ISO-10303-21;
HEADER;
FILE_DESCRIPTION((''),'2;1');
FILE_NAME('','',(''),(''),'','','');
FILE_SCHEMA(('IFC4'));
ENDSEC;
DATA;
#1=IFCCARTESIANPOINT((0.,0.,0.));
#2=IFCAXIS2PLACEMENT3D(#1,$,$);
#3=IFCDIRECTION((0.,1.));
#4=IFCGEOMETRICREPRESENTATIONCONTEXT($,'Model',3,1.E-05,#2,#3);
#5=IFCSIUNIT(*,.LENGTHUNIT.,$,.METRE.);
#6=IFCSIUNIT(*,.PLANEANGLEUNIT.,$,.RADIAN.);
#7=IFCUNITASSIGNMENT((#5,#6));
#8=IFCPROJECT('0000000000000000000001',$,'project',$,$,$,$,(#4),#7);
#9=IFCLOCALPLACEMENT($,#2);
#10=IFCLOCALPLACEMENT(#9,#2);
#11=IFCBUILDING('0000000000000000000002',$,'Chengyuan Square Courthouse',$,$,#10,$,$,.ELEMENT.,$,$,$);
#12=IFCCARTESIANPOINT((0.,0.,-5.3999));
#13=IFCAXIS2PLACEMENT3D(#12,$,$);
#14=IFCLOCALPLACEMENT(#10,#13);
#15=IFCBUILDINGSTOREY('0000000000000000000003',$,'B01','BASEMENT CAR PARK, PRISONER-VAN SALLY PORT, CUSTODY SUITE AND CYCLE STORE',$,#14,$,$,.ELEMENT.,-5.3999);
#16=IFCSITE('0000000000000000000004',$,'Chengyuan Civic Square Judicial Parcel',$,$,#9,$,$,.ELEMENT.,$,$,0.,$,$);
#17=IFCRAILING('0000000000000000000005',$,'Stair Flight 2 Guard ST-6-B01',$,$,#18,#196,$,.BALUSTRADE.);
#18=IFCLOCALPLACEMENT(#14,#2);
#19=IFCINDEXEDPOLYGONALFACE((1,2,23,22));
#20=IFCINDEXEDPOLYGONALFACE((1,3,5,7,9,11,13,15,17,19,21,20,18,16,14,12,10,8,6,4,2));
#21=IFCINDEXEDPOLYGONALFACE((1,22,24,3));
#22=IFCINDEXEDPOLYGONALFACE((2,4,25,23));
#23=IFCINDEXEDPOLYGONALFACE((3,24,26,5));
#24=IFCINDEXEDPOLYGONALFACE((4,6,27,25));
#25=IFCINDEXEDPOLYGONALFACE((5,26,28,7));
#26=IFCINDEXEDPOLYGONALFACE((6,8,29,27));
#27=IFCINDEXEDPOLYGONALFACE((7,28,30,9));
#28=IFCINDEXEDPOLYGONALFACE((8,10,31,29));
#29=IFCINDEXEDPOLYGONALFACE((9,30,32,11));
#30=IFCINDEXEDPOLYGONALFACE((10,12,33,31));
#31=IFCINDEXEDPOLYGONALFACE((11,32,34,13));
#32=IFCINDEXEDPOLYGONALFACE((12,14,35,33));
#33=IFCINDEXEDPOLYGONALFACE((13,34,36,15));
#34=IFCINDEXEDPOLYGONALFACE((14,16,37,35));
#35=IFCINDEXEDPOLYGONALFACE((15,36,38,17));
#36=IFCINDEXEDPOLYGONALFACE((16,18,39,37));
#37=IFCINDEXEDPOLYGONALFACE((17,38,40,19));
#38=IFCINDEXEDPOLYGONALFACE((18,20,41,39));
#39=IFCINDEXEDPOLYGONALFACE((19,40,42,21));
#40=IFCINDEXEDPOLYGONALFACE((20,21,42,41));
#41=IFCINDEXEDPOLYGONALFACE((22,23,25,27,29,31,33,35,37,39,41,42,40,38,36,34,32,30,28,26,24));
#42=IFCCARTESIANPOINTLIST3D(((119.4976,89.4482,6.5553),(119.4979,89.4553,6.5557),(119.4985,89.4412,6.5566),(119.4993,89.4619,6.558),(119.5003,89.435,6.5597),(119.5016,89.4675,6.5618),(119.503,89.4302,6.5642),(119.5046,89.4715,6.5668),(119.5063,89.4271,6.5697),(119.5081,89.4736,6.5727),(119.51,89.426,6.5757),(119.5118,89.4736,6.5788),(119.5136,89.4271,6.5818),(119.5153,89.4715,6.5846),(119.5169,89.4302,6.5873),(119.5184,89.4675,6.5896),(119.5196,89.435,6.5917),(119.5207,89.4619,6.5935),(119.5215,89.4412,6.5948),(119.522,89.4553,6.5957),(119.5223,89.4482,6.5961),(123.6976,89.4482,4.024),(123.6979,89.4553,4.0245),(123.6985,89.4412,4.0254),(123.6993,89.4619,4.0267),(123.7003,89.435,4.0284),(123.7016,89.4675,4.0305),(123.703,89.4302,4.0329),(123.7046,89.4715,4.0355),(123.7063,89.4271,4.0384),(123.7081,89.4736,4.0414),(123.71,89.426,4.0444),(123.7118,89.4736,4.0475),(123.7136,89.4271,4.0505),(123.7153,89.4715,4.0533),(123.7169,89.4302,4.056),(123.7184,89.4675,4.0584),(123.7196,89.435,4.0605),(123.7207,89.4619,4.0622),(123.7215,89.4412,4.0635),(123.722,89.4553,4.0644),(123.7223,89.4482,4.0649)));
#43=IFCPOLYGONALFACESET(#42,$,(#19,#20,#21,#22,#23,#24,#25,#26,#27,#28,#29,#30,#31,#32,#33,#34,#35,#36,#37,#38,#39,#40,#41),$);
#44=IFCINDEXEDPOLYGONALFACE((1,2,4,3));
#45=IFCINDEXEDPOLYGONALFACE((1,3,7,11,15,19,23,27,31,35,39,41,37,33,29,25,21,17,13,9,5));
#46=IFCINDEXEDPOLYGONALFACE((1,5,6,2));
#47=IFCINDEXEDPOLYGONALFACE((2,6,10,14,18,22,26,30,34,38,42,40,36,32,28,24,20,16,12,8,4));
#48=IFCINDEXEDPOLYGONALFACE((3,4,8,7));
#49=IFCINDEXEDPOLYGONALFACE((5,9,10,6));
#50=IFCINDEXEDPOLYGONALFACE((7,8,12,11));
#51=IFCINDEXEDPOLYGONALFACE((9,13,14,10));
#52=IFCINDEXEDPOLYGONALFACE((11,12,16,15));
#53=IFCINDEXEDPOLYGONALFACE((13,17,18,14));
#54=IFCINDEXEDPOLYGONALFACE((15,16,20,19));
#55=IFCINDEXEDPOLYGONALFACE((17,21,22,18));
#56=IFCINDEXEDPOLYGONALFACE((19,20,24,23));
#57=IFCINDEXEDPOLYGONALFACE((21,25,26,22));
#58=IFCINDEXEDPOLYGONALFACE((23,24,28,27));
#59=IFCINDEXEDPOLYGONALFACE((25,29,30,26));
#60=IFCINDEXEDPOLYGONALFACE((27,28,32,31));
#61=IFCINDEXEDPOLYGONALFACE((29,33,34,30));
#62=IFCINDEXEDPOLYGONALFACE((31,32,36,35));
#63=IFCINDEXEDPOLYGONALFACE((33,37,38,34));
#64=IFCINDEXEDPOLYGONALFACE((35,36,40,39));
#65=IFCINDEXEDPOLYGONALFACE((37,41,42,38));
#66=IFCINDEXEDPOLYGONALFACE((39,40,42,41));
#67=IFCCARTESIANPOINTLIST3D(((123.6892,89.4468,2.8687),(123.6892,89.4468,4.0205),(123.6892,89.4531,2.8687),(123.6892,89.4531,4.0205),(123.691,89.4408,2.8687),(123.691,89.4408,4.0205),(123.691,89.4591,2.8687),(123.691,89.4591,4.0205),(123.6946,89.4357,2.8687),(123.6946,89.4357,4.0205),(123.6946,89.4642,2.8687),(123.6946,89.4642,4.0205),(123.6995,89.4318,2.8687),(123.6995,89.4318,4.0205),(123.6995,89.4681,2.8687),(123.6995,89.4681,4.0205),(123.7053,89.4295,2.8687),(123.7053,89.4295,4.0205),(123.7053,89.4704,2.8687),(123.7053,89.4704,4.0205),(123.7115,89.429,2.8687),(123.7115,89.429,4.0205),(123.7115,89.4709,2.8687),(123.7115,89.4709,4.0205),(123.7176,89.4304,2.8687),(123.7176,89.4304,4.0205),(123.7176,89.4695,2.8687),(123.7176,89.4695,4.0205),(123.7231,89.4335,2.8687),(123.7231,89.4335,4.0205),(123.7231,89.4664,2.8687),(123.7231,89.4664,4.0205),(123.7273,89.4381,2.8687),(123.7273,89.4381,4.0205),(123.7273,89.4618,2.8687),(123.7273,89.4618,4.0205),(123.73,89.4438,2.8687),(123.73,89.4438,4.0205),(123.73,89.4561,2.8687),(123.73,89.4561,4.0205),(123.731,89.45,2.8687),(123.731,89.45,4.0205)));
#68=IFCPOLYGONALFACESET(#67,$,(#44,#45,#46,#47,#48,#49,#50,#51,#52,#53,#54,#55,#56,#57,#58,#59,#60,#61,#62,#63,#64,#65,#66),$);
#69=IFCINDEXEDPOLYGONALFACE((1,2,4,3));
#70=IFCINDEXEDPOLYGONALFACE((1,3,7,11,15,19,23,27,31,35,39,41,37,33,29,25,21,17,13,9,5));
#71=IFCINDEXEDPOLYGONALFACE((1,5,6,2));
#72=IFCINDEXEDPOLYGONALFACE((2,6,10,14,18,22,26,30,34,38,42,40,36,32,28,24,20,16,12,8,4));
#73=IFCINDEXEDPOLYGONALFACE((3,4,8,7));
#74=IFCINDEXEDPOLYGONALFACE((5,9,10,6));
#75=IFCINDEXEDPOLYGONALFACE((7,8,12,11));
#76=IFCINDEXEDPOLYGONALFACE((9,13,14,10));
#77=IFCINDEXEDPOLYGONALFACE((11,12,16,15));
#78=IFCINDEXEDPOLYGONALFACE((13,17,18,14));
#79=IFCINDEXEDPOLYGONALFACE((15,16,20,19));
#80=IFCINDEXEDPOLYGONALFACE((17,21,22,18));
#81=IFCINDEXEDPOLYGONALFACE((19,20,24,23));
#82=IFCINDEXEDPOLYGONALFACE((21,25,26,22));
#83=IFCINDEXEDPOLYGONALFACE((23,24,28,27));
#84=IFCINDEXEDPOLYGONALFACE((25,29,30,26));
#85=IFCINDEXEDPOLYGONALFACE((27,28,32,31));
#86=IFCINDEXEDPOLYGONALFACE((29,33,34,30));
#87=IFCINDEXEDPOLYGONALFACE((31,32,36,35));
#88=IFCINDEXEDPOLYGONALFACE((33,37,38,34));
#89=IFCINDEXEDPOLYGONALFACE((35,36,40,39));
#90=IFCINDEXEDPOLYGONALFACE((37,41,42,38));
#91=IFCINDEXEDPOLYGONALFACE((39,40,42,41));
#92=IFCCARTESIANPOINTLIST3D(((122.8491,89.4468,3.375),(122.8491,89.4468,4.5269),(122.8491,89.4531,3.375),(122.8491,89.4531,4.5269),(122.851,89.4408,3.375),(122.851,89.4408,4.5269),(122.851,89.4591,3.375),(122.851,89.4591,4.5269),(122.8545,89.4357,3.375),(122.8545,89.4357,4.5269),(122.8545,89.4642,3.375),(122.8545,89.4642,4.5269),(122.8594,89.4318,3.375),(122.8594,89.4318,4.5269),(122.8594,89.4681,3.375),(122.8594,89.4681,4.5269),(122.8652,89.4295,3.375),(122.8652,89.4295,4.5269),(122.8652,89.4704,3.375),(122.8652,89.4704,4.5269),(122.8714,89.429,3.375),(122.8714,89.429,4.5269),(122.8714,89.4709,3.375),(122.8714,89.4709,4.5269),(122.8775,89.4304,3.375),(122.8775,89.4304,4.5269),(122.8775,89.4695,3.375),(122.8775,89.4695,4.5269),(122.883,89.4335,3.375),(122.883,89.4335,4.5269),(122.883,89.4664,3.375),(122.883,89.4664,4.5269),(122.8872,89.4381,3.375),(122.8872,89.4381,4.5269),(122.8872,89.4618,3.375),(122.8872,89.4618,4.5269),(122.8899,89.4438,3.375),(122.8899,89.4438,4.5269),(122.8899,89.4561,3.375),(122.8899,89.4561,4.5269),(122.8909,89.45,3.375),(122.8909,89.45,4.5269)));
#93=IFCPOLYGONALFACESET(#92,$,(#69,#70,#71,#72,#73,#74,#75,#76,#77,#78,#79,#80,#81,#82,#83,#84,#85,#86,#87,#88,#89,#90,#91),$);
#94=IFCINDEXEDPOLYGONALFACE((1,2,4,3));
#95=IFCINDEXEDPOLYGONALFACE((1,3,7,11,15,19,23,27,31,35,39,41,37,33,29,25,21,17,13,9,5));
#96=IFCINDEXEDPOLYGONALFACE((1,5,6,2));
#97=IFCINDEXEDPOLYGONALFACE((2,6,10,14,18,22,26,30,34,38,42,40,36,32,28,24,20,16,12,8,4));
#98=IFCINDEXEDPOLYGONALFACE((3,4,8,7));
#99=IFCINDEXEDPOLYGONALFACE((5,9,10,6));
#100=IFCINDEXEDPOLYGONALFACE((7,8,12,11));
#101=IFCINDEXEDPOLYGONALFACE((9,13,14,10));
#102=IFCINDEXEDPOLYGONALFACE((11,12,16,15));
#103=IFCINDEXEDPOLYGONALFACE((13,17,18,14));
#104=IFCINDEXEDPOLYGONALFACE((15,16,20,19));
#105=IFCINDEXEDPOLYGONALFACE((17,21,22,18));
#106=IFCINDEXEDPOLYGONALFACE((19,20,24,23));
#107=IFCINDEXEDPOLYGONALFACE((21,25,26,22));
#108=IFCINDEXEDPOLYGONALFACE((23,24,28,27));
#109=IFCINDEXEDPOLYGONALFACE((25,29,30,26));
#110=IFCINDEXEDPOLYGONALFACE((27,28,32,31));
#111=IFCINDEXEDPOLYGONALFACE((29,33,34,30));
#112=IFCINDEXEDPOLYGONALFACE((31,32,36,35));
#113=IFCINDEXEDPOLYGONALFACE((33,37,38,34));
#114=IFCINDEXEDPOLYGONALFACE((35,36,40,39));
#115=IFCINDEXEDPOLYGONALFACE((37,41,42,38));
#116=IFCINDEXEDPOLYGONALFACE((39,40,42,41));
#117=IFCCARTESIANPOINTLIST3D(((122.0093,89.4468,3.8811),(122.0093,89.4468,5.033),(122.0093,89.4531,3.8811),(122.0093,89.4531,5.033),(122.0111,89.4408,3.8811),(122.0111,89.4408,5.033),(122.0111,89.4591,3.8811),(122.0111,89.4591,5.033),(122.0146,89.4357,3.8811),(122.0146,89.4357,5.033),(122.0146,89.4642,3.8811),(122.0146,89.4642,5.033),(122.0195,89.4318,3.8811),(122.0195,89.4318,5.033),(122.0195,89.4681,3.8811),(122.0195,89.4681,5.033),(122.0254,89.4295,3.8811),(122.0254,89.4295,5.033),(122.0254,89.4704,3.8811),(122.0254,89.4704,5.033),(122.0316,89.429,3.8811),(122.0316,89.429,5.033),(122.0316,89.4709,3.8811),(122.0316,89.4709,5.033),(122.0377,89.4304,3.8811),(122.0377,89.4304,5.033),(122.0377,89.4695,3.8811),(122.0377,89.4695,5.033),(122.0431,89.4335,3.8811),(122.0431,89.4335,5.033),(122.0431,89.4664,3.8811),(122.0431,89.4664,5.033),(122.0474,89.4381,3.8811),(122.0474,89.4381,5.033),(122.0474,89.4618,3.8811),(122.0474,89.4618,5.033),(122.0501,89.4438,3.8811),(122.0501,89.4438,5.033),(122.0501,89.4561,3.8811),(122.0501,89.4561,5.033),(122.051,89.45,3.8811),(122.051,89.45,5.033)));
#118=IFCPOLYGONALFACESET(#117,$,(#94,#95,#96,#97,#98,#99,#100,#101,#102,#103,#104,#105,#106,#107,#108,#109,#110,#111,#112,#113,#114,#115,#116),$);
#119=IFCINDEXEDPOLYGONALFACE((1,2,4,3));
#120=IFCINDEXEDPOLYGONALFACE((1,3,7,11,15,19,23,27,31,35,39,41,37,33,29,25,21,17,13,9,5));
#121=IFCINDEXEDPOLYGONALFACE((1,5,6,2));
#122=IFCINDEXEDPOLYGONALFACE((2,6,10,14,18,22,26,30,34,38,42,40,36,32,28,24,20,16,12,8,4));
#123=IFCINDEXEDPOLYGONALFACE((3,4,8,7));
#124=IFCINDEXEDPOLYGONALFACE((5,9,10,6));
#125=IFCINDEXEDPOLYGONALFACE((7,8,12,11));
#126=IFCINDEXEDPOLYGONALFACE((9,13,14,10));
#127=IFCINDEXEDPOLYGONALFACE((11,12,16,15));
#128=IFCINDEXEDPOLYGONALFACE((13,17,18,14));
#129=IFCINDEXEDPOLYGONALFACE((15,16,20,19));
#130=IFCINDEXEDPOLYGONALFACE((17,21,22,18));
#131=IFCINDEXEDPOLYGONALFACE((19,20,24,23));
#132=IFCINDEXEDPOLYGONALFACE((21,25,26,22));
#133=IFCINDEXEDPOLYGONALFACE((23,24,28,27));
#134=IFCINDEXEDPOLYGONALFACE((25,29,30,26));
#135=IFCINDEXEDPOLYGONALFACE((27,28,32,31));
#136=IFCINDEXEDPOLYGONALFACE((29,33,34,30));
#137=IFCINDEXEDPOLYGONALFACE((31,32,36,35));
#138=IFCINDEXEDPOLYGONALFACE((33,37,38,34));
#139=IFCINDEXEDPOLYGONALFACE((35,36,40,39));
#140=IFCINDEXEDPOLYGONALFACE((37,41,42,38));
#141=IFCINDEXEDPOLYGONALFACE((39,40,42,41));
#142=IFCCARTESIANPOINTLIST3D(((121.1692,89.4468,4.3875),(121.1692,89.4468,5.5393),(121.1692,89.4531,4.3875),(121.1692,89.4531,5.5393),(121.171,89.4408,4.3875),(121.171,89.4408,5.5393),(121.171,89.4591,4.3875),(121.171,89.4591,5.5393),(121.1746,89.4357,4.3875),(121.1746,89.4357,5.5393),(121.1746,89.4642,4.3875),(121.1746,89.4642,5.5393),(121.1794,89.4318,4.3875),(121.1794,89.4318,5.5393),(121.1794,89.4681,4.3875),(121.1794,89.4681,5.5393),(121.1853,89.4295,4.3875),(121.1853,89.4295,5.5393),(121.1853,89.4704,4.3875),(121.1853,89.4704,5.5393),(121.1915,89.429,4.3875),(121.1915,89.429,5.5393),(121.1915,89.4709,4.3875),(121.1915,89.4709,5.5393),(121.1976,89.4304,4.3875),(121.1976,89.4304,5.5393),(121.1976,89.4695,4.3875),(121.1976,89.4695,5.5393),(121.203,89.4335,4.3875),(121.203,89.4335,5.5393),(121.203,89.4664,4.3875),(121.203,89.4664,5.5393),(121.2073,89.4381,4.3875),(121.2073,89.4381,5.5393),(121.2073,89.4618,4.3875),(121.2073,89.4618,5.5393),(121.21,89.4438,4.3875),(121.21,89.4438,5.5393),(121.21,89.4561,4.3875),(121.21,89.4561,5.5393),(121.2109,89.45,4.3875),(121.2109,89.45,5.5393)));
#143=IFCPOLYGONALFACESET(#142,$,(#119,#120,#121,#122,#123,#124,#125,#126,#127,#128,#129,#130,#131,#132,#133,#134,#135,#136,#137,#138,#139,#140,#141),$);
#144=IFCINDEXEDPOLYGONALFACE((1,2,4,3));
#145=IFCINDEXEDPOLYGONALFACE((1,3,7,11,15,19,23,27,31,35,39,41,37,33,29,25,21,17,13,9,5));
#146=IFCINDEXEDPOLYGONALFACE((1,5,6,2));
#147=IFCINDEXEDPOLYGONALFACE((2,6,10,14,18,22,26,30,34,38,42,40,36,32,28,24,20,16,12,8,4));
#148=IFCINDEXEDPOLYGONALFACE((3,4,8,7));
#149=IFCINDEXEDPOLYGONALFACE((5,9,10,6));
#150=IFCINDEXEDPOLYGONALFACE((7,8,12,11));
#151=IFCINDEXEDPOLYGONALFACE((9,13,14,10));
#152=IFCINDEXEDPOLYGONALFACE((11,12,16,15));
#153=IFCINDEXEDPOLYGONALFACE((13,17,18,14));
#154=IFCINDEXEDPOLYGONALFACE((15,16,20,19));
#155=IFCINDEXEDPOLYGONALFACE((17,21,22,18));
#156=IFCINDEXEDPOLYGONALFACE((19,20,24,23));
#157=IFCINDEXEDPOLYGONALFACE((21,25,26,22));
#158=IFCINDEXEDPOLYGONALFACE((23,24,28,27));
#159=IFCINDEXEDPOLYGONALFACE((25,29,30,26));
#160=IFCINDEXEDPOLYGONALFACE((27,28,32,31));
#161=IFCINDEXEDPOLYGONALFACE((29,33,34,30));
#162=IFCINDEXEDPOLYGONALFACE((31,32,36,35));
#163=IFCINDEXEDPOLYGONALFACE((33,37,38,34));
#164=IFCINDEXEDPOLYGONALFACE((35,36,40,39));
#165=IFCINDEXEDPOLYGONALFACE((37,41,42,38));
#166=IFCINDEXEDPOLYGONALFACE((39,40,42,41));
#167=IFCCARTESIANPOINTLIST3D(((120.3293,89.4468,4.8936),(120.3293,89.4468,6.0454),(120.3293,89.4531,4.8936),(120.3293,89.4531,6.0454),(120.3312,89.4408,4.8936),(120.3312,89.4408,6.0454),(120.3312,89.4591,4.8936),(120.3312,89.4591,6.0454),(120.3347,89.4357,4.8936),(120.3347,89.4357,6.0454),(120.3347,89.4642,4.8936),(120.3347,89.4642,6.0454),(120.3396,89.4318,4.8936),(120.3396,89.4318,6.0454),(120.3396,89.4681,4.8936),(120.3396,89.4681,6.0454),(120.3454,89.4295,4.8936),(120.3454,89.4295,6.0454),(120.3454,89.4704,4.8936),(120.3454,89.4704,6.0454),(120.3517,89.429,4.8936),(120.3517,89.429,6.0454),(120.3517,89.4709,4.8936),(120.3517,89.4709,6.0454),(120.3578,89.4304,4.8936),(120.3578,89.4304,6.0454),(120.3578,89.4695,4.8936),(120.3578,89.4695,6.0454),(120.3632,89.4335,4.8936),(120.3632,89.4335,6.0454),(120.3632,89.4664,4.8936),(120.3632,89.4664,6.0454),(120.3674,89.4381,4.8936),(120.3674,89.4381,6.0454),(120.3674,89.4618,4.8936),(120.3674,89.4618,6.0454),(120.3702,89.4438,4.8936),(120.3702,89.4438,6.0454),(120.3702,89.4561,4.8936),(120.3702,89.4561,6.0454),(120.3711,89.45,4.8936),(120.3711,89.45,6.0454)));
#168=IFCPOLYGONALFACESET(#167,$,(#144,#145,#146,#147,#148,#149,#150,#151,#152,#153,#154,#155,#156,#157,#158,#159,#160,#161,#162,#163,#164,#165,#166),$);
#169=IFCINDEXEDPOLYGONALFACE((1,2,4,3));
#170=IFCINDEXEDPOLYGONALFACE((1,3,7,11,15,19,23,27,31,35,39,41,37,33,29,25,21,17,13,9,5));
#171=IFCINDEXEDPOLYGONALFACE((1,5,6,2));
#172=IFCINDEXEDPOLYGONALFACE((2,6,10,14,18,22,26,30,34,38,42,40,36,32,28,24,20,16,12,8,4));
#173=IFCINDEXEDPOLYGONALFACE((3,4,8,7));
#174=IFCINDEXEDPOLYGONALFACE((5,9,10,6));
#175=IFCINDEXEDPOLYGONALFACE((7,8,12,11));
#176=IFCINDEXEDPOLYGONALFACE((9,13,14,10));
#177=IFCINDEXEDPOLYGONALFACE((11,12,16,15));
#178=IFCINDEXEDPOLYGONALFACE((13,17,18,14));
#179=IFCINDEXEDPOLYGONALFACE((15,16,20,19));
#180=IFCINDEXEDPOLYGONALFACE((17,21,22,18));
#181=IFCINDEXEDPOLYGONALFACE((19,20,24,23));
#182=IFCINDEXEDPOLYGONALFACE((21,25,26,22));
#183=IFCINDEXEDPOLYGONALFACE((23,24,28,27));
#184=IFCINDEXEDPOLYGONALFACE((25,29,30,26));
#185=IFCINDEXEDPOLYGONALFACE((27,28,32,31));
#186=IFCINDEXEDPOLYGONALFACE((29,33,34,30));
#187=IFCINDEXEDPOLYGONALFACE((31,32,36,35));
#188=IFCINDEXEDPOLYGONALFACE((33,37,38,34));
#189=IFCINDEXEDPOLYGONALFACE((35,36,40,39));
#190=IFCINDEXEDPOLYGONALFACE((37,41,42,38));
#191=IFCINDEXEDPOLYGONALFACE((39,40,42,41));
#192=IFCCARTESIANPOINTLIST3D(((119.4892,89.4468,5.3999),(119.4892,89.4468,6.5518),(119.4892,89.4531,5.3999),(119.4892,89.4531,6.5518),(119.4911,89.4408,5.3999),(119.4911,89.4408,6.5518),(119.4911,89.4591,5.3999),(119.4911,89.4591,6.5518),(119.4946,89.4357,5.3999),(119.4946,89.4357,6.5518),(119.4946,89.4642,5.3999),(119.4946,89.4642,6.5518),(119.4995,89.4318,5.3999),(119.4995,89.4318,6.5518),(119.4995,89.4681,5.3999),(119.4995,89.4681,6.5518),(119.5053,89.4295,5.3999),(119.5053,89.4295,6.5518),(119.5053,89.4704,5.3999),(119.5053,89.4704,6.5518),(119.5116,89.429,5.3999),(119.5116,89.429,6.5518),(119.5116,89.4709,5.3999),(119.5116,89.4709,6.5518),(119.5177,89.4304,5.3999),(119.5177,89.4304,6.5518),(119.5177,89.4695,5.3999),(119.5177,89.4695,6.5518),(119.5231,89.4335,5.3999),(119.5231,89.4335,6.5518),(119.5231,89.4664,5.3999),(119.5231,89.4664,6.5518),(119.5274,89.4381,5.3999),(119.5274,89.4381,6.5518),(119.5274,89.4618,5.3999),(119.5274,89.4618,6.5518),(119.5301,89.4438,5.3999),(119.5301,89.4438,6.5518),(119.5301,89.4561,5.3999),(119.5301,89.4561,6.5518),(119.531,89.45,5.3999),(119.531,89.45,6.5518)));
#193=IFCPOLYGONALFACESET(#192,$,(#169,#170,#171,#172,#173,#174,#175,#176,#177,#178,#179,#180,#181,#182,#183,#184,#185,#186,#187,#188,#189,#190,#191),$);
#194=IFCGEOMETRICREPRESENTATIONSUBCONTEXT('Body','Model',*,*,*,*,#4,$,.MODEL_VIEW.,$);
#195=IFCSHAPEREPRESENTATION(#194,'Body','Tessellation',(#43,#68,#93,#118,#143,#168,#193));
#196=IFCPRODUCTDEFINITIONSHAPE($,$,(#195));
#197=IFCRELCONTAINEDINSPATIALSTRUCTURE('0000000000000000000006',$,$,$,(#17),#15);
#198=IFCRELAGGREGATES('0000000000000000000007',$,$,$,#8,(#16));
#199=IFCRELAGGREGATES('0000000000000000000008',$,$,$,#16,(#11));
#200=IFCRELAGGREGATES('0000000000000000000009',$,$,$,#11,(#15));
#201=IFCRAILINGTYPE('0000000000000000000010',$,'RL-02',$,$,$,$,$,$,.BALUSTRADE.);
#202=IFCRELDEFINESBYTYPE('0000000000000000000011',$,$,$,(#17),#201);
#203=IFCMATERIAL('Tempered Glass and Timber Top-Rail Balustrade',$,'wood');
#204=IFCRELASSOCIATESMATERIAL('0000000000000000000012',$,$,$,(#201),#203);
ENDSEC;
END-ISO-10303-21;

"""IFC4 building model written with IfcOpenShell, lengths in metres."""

from ifc_helpers import new_model, si_unit, direction, frame, origin, origin_2d, place, context, subcontext, project, spatial, circle, extrude, material, type_object, element, save


model = new_model("IFC4")

# Units and contexts
model_context = context("Model", 3, precision=1e-05, world=origin(), true_north=direction((0.0, 1.0)))
body_context = subcontext(model_context, "Body", "Model", "MODEL_VIEW")
ifc_project = project(units=[si_unit("LENGTHUNIT", "METRE"), si_unit("PLANEANGLEUNIT", "RADIAN")], contexts=[model_context])

# Site, building, storey
site_placement = place(None, origin())
site = spatial("IfcSite", under=ifc_project, at=site_placement, Name="Chengyuan Civic Square Judicial Parcel", CompositionType="ELEMENT", RefElevation=0.0)
building_placement = place(site_placement, origin())
building = spatial("IfcBuilding", under=site, at=building_placement, Name="Chengyuan Square Courthouse", CompositionType="ELEMENT")
storey_placement = place(building_placement, frame((0.0, 0.0, -5.3999)))
storey = spatial("IfcBuildingStorey", under=building, at=storey_placement, Name="B01", Description="BASEMENT CAR PARK, PRISONER-VAN SALLY PORT, CUSTODY SUITE AND CYCLE STORE", CompositionType="ELEMENT", Elevation=-5.3999)

# Railing
ifc_material_1 = material(Name="Tempered Glass and Timber Top-Rail Balustrade", Category="wood")
railing_type_1 = type_object("IfcRailingType", Name="RL-02", PredefinedType="BALUSTRADE", material=ifc_material_1)
railing_1_placement = place(storey_placement, frame((123.71, 89.45, 2.8687)))
element("IfcRailing", 1, at=railing_1_placement, inside=storey, type_object=railing_type_1, Name="Stair Flight 2 Guard ST-6-B01", PredefinedType="BALUSTRADE", context=body_context, shape_type="SweptSolid", body=[
    extrude(circle(Radius=0.0239, at=origin_2d()), frame((0.0, 0.0, 1.1758), z_axis=(-0.856476, 0.0, 0.516186), x_axis=(0.0, -1.0, 0.0)), (0.0, 0.0, 1.0), 4.9038),
    extrude(circle(Radius=0.021, at=origin_2d()), origin(), (0.0, 0.0, 1.0), 1.1519),
    extrude(circle(Radius=0.021, at=origin_2d()), frame((-0.8401, 0.0, 0.5063)), (0.0, 0.0, 1.0), 1.1519),
    extrude(circle(Radius=0.021, at=origin_2d()), frame((-1.6799, 0.0, 1.0125)), (0.0, 0.0, 1.0), 1.1519),
    extrude(circle(Radius=0.021, at=origin_2d()), frame((-2.52, 0.0, 1.5188)), (0.0, 0.0, 1.0), 1.1519),
    extrude(circle(Radius=0.021, at=origin_2d()), frame((-3.3599, 0.0, 2.0249)), (0.0, 0.0, 1.0), 1.1519),
    extrude(circle(Radius=0.021, at=origin_2d()), frame((-4.2, 0.0, 2.5312)), (0.0, 0.0, 1.0), 1.1519),
])

save(model, "model.ifc")
